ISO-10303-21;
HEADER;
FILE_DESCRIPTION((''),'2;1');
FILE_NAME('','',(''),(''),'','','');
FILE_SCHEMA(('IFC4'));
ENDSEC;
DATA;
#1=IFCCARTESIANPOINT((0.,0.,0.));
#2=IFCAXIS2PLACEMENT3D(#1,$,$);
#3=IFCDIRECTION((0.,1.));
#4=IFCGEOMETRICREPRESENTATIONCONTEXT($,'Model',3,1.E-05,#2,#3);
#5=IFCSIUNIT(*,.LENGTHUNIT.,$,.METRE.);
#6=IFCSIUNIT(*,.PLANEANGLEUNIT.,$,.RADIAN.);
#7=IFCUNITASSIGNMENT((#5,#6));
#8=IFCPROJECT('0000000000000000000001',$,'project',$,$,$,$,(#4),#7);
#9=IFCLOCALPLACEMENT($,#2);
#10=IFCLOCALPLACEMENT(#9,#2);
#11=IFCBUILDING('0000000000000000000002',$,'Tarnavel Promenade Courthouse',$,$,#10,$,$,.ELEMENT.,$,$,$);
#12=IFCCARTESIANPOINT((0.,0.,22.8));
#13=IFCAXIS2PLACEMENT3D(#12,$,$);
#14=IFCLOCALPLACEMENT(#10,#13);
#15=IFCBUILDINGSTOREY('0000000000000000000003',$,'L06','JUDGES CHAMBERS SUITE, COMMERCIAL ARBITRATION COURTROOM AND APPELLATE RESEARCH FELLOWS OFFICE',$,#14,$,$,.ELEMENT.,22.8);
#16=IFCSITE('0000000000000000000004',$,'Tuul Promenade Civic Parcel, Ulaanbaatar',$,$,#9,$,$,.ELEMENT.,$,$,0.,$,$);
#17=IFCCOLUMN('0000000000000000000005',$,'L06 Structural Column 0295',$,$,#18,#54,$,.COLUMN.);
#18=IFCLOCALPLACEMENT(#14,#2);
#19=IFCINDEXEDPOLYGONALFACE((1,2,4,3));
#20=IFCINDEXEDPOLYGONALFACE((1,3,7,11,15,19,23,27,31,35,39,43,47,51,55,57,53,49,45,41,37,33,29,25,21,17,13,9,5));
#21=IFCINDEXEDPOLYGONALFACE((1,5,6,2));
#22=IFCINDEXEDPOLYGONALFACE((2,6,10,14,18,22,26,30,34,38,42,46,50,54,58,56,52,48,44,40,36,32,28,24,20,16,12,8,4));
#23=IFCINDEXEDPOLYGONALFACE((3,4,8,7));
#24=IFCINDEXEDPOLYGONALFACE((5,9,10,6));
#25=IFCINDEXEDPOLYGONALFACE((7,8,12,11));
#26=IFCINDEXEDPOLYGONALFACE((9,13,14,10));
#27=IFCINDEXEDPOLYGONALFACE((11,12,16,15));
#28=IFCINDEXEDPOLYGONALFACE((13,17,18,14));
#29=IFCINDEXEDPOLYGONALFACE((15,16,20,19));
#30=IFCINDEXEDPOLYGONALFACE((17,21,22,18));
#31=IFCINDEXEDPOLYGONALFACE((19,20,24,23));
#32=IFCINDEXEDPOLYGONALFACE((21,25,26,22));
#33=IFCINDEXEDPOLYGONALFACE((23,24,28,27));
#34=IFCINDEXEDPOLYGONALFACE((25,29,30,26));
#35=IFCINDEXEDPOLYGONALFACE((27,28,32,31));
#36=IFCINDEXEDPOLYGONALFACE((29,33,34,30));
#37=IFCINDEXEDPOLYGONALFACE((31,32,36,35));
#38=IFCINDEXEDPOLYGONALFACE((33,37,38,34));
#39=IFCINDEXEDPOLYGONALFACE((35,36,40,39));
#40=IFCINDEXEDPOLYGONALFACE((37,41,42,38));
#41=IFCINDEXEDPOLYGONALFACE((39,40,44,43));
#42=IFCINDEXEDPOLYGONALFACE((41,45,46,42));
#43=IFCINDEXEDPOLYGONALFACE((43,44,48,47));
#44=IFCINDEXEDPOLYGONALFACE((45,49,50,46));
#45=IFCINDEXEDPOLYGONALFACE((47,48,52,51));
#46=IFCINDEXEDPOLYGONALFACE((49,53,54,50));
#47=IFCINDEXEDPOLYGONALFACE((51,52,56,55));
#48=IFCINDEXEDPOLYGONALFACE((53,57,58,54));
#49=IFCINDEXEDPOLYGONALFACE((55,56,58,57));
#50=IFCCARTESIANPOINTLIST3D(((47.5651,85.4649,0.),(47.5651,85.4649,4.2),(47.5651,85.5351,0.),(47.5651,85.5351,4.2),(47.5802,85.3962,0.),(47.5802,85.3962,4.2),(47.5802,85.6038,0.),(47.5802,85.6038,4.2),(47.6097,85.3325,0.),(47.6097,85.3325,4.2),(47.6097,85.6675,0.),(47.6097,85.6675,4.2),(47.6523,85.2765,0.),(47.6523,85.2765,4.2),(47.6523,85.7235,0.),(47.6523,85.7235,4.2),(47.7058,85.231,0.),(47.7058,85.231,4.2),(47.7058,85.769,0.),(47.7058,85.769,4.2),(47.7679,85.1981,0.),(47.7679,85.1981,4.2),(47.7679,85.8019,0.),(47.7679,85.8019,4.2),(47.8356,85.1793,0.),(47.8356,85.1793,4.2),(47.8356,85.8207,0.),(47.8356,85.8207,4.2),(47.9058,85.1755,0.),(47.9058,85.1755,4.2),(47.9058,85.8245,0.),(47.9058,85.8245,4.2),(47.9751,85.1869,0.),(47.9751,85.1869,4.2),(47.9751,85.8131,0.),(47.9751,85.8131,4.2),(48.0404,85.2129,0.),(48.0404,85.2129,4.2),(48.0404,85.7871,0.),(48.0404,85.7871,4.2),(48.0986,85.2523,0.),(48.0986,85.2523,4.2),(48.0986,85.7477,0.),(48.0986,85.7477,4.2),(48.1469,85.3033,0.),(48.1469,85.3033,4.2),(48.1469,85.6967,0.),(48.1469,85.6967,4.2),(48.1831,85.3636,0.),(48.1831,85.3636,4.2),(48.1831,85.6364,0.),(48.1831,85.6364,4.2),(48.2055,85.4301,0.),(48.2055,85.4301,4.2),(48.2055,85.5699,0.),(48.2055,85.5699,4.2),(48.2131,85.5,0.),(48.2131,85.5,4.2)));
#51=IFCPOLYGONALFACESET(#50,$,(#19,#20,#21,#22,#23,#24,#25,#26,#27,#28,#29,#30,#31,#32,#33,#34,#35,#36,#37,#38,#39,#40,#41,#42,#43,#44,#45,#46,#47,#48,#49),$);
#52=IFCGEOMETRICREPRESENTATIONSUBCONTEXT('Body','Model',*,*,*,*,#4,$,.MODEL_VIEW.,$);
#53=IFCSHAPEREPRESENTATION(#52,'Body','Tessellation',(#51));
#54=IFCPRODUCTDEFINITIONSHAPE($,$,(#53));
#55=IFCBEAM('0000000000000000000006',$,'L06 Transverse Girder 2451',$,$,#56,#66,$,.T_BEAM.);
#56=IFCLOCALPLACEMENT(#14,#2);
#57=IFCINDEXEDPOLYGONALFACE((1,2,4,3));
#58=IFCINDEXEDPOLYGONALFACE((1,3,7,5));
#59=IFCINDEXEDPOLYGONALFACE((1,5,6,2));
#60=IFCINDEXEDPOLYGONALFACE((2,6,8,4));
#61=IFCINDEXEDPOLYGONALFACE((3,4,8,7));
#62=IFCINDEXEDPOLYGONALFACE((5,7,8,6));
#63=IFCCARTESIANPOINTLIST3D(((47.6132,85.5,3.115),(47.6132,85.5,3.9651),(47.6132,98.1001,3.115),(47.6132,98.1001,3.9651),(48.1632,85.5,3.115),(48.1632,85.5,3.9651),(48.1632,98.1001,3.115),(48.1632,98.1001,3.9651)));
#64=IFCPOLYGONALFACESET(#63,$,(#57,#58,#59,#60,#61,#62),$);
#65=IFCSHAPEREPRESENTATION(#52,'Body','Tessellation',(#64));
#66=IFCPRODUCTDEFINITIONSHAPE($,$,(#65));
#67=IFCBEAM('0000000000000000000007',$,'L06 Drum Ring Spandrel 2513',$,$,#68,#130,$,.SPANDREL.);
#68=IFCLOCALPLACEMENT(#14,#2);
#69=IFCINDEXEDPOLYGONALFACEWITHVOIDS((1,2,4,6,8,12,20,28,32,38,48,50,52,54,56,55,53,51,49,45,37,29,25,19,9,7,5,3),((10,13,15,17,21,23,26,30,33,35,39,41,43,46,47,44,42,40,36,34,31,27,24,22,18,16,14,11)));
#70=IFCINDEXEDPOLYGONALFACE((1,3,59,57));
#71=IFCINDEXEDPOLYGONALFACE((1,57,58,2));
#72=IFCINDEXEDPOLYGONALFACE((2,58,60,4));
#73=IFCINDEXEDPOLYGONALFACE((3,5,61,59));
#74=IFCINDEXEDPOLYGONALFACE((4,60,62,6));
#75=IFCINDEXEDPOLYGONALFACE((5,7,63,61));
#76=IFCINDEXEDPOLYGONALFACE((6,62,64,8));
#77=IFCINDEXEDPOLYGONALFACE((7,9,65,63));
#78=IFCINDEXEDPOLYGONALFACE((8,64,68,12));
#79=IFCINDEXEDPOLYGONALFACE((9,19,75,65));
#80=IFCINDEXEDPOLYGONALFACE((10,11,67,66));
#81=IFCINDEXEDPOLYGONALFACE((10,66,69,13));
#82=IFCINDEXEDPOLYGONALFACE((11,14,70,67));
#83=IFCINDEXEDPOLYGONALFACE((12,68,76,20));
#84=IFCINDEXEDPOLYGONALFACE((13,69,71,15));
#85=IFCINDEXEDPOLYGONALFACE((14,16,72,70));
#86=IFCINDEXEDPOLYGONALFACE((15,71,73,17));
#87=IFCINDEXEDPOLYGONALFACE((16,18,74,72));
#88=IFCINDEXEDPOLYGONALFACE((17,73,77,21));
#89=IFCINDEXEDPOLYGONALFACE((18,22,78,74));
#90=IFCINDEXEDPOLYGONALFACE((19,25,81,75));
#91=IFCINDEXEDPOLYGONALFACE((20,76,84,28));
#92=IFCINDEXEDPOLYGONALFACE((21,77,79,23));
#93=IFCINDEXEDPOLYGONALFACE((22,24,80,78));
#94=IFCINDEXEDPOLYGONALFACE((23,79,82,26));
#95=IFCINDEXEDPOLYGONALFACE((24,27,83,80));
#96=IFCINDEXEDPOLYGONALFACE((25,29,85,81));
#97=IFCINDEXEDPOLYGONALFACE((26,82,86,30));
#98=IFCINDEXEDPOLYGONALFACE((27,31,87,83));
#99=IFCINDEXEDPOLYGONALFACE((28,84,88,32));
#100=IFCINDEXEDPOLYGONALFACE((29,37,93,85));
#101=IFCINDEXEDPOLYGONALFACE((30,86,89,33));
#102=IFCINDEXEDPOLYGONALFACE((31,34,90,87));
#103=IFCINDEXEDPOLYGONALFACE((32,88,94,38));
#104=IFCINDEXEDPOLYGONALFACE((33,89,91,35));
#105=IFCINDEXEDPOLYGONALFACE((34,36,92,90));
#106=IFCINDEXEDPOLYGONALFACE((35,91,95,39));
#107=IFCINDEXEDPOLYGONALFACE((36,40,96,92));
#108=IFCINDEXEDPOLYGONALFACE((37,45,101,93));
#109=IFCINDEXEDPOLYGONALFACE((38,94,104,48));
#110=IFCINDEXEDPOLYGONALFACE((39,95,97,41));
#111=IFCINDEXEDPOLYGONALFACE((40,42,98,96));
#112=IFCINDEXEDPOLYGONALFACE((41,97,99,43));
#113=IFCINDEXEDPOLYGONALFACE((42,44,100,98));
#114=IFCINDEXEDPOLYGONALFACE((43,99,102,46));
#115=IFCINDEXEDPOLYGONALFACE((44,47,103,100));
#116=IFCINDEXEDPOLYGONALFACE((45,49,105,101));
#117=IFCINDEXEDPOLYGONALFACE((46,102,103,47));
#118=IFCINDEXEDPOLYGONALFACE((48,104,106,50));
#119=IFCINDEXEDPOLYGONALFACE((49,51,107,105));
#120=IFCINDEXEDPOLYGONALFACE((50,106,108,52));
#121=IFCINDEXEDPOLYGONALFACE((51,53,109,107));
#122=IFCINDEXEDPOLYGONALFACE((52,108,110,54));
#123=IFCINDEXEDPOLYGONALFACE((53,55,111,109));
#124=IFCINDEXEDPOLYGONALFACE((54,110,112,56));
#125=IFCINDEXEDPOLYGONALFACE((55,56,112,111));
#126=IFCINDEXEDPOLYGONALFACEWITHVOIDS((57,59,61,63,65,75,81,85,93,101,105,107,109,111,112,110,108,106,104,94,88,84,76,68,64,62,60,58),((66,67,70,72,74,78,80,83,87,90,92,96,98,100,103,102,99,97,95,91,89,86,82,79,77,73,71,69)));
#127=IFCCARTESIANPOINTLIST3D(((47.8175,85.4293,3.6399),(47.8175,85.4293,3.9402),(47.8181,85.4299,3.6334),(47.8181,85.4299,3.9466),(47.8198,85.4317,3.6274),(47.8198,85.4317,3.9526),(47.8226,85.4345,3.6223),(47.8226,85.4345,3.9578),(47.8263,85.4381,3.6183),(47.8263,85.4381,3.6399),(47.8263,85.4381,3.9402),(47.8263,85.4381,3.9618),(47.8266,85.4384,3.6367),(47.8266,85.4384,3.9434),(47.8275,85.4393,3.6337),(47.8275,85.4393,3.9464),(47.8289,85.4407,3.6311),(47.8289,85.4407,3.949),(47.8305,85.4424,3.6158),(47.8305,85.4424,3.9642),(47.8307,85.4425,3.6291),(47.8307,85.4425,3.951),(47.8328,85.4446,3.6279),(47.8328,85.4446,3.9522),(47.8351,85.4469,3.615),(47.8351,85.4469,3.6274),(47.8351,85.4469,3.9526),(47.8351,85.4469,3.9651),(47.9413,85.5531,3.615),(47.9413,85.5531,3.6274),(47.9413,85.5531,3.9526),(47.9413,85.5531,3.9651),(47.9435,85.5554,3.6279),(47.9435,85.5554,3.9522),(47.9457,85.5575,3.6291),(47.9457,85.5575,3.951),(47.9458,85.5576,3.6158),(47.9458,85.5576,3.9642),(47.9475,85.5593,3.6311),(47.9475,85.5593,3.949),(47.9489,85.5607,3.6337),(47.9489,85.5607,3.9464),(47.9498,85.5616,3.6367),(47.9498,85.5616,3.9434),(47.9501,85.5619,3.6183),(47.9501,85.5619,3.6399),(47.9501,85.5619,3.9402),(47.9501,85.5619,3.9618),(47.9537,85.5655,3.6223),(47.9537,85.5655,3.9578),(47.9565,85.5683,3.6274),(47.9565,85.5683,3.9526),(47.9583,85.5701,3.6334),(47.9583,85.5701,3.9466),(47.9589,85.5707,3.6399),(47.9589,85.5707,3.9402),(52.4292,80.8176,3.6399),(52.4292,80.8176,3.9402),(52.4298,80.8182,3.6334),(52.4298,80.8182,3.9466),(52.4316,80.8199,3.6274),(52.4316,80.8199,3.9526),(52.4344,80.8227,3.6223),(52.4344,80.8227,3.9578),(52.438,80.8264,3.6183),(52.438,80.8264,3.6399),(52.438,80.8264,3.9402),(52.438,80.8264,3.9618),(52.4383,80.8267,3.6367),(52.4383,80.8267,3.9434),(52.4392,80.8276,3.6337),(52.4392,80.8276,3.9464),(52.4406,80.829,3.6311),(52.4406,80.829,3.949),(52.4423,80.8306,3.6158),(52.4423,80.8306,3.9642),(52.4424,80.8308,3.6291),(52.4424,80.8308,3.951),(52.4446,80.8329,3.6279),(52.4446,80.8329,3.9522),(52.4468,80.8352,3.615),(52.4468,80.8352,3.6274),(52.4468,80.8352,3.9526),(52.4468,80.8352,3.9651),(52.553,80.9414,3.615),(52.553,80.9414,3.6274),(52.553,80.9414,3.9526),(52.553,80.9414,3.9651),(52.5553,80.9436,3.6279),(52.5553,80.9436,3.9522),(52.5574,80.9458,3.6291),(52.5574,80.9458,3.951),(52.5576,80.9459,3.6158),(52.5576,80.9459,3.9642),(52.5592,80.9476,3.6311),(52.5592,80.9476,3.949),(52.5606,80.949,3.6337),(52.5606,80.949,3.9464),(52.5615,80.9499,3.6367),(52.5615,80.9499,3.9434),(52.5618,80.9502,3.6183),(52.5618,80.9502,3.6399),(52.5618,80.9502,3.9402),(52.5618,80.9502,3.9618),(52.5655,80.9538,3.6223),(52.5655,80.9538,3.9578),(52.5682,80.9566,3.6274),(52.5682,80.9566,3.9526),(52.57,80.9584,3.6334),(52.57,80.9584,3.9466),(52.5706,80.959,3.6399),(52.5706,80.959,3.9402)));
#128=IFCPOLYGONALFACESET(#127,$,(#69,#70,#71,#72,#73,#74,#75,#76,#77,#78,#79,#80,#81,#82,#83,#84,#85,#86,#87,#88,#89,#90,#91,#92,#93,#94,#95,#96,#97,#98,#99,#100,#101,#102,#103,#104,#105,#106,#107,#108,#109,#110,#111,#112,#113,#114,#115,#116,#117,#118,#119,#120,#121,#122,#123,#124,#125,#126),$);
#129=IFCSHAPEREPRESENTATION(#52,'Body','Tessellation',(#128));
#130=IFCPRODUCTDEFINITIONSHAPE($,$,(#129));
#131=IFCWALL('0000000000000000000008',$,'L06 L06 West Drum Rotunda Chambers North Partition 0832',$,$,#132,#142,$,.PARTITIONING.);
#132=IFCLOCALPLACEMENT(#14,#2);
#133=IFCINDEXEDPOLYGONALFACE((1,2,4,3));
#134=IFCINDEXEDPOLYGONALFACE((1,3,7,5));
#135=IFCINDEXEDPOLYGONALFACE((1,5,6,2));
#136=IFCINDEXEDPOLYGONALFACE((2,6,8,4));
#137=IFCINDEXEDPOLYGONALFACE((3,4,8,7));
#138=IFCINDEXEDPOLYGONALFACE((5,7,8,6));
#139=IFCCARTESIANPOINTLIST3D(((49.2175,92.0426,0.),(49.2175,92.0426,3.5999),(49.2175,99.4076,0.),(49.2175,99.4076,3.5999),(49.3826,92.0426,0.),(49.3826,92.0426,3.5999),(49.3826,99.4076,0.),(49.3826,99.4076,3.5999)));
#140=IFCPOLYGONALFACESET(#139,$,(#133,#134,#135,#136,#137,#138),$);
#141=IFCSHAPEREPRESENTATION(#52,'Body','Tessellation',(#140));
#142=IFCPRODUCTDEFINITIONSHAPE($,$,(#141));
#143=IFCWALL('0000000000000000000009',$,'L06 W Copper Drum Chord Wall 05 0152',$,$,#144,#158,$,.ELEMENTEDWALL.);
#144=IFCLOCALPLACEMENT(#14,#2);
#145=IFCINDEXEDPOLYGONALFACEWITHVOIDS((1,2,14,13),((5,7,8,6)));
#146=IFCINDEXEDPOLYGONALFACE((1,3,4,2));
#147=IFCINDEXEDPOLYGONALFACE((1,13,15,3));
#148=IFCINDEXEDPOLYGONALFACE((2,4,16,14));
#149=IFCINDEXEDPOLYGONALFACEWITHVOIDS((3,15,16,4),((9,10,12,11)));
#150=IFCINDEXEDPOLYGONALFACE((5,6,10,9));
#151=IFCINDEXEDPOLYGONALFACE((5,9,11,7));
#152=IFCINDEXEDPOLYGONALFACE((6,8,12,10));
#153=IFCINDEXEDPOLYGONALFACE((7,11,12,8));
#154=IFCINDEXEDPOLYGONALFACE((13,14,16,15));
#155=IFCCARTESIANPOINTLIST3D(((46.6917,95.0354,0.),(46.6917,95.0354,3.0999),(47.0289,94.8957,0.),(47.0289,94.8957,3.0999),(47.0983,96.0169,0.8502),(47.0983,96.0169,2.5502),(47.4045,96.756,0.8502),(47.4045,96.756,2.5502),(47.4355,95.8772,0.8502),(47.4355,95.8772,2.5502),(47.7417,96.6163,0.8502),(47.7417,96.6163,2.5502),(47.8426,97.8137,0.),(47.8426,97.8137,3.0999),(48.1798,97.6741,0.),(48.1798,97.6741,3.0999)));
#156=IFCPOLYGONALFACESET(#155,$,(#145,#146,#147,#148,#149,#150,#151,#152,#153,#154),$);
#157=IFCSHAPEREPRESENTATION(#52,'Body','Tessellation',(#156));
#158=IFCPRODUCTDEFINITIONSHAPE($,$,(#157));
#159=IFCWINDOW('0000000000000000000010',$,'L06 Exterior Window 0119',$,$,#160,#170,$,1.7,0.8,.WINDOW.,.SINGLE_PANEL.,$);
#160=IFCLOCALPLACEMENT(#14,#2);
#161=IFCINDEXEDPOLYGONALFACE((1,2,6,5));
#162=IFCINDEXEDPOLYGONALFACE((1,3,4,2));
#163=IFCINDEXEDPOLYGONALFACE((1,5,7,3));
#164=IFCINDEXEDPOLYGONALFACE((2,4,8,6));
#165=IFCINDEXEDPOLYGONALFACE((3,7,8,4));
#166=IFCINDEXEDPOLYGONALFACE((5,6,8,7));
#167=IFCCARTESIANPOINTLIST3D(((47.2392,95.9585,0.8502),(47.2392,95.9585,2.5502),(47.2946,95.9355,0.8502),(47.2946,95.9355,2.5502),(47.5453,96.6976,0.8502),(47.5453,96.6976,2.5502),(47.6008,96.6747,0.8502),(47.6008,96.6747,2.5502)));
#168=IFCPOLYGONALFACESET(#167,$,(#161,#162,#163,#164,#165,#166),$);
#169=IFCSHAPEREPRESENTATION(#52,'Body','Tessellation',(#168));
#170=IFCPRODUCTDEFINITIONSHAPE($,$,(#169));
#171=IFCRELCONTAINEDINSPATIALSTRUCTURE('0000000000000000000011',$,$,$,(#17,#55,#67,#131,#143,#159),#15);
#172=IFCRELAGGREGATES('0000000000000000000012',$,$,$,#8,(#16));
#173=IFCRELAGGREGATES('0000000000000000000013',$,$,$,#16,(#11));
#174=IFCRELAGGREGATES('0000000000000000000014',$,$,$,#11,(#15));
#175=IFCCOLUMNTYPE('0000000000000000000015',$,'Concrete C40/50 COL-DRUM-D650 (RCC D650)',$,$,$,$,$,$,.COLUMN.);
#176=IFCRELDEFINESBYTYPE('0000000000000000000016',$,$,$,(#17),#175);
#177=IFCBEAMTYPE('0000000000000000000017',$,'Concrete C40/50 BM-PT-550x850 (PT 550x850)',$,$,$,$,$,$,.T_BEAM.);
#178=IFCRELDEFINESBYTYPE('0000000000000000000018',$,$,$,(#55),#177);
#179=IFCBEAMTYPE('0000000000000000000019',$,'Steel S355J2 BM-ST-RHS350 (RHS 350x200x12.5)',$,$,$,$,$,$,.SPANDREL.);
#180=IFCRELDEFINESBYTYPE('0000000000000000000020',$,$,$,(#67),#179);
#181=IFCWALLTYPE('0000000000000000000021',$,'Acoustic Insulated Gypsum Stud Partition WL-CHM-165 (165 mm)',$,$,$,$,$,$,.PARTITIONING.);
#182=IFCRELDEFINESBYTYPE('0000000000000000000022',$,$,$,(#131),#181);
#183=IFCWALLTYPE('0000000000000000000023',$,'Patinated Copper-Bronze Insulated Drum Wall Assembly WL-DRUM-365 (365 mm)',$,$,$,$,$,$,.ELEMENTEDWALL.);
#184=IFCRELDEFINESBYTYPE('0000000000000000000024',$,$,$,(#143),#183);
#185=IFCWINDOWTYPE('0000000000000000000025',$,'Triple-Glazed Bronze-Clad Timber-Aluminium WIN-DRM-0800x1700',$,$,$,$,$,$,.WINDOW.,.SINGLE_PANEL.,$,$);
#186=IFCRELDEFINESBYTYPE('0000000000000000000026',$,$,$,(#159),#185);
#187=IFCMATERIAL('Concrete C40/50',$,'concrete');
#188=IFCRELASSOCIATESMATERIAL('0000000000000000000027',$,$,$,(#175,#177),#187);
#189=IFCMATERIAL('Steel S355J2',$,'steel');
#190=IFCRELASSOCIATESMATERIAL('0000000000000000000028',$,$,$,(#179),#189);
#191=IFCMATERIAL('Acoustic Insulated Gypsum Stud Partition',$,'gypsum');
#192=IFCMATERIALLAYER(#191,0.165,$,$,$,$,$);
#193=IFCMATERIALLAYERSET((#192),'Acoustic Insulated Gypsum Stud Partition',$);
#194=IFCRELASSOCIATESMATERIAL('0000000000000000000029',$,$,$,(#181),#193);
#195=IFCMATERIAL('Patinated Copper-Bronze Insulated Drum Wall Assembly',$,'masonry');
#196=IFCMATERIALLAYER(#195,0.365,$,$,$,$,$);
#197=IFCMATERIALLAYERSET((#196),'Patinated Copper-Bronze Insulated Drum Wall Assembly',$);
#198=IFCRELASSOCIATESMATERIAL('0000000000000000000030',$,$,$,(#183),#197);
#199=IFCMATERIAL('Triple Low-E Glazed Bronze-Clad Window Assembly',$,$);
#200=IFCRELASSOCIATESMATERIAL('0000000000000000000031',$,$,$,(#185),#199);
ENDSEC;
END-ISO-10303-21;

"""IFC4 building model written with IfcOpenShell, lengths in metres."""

from ifc_helpers import new_model, si_unit, direction, frame, frame_2d, origin, origin_2d, place, context, subcontext, project, spatial, rectangle, hollow_rectangle, circle, extrude, material, layer, layer_set, material_profile, profile_set, type_object, element, fill, save


model = new_model("IFC4")

# Units and contexts
model_context = context("Model", 3, precision=1e-05, world=origin(), true_north=direction((0.0, 1.0)))
body_context = subcontext(model_context, "Body", "Model", "MODEL_VIEW")
ifc_project = project(units=[si_unit("LENGTHUNIT", "METRE"), si_unit("PLANEANGLEUNIT", "RADIAN")], contexts=[model_context])

# Site, building, storey
site_placement = place(None, origin())
site = spatial("IfcSite", under=ifc_project, at=site_placement, Name="Tuul Promenade Civic Parcel, Ulaanbaatar", CompositionType="ELEMENT", RefElevation=0.0)
building_placement = place(site_placement, origin())
building = spatial("IfcBuilding", under=site, at=building_placement, Name="Tarnavel Promenade Courthouse", CompositionType="ELEMENT")
storey_placement = place(building_placement, frame((0.0, 0.0, 22.8)))
storey = spatial("IfcBuildingStorey", under=building, at=storey_placement, Name="L06", Description="JUDGES CHAMBERS SUITE, COMMERCIAL ARBITRATION COURTROOM AND APPELLATE RESEARCH FELLOWS OFFICE", CompositionType="ELEMENT", Elevation=22.8)

# Column
ifc_material_1 = material(Name="Concrete C40/50", Category="concrete")
ifc_material_profile_1 = material_profile(ifc_material_1, circle(Radius=0.325, at=origin_2d()), Name="RCC D650")
ifc_profile_set_1 = profile_set([ifc_material_profile_1], Name="Concrete C40/50")
column_type = type_object("IfcColumnType", Name="Concrete C40/50 COL-DRUM-D650 (RCC D650)", PredefinedType="COLUMN", material=ifc_profile_set_1)
column_placement = place(storey_placement, frame((47.8882, 85.5, 0.0), z_axis=(0.0, 0.0, 1.0), x_axis=(1.0, 0.0, 0.0)))
element("IfcColumn", 1, at=column_placement, inside=storey, type_object=column_type, Name="L06 Structural Column 0295", PredefinedType="COLUMN", context=body_context, shape_type="SweptSolid", body=[
    extrude(circle(Radius=0.325, at=origin_2d()), origin(), (0.0, 0.0, 1.0), 4.2),
])

# Beams
ifc_material_profile_2 = material_profile(ifc_material_1, rectangle(XDim=0.55, YDim=0.8501, at=origin_2d()), Name="PT 550x850")
ifc_profile_set_2 = profile_set([ifc_material_profile_2], Name="Concrete C40/50")
beam_type_1 = type_object("IfcBeamType", Name="Concrete C40/50 BM-PT-550x850 (PT 550x850)", PredefinedType="T_BEAM", material=ifc_profile_set_2)
beam_1_placement = place(storey_placement, frame((47.8882, 85.5, 3.54), z_axis=(0.0, 1.0, 0.0), x_axis=(-1.0, 0.0, 0.0)))
element("IfcBeam", 2, at=beam_1_placement, inside=storey, type_object=beam_type_1, Name="L06 Transverse Girder 2451", PredefinedType="T_BEAM", context=body_context, shape_type="SweptSolid", body=[
    extrude(rectangle(XDim=0.55, YDim=0.8501, at=origin_2d()), origin(), (0.0, 0.0, 1.0), 12.6001),
])
ifc_material_2 = material(Name="Steel S355J2", Category="steel")
ifc_material_profile_3 = material_profile(ifc_material_2, hollow_rectangle(XDim=0.2, YDim=0.3501, WallThickness=0.0125, InnerFilletRadius=0.0125, OuterFilletRadius=0.0249, at=origin_2d()), Name="RHS 350x200x12.5")
ifc_profile_set_3 = profile_set([ifc_material_profile_3], Name="Steel S355J2")
beam_type_2 = type_object("IfcBeamType", Name="Steel S355J2 BM-ST-RHS350 (RHS 350x200x12.5)", PredefinedType="SPANDREL", material=ifc_profile_set_3)
beam_2_placement = place(storey_placement, frame((47.8882, 85.5, 3.79), z_axis=(0.707107, -0.707107, 0.0), x_axis=(0.707107, 0.707107, 0.0)))
element("IfcBeam", 3, at=beam_2_placement, inside=storey, type_object=beam_type_2, Name="L06 Drum Ring Spandrel 2513", PredefinedType="SPANDREL", context=body_context, shape_type="SweptSolid", body=[
    extrude(hollow_rectangle(XDim=0.2, YDim=0.3501, WallThickness=0.0125, InnerFilletRadius=0.0125, OuterFilletRadius=0.0249, at=origin_2d()), origin(), (0.0, 0.0, 1.0), 6.522),
])

# Wall
ifc_material_3 = material(Name="Acoustic Insulated Gypsum Stud Partition", Category="gypsum")
ifc_layer_1 = layer(ifc_material_3, 0.165)
ifc_layer_set_1 = layer_set([ifc_layer_1], Name="Acoustic Insulated Gypsum Stud Partition")
wall_type_1 = type_object("IfcWallType", Name="Acoustic Insulated Gypsum Stud Partition WL-CHM-165 (165 mm)", PredefinedType="PARTITIONING", material=ifc_layer_set_1)
wall_1_placement = place(storey_placement, frame((49.3, 92.0425, 0.0), z_axis=(0.0, 0.0, 1.0), x_axis=(0.0, 1.0, 0.0)))
element("IfcWall", 4, at=wall_1_placement, inside=storey, type_object=wall_type_1, Name="L06 L06 West Drum Rotunda Chambers North Partition 0832", PredefinedType="PARTITIONING", context=body_context, shape_type="SweptSolid", body=[
    extrude(rectangle(XDim=7.365, YDim=0.165, at=frame_2d((3.6826, 0.0))), origin(), (0.0, 0.0, 1.0), 3.5999),
])

# Wall, opening, window
ifc_material_4 = material(Name="Patinated Copper-Bronze Insulated Drum Wall Assembly", Category="masonry")
ifc_layer_2 = layer(ifc_material_4, 0.365)
ifc_layer_set_2 = layer_set([ifc_layer_2], Name="Patinated Copper-Bronze Insulated Drum Wall Assembly")
wall_type_2 = type_object("IfcWallType", Name="Patinated Copper-Bronze Insulated Drum Wall Assembly WL-DRUM-365 (365 mm)", PredefinedType="ELEMENTEDWALL", material=ifc_layer_set_2)
wall_2_placement = place(storey_placement, frame((48.0112, 97.7439, 0.0), z_axis=(0.0, 0.0, 1.0), x_axis=(-0.382701, -0.923872, 0.0)))
wall_2 = element("IfcWall", 5, at=wall_2_placement, inside=storey, type_object=wall_type_2, Name="L06 W Copper Drum Chord Wall 05 0152", PredefinedType="ELEMENTEDWALL", context=body_context, shape_type="SweptSolid", body=[
    extrude(rectangle(XDim=3.0073, YDim=0.365, at=frame_2d((1.5037, 0.0))), origin(), (0.0, 0.0, 1.0), 3.0999),
])
opening_1_placement = place(wall_2_placement, frame((1.145, 0.0, 0.8501)))
opening_1 = element("IfcOpeningElement", 6, at=opening_1_placement, cuts=wall_2, PredefinedType="OPENING", context=body_context, shape_type="SweptSolid", body=[
    extrude(rectangle(XDim=0.8, YDim=1.7, at=frame_2d((0.3999, 0.8501))), frame((0.0, 0.1924, 0.0), z_axis=(0.0, -1.0, 0.0), x_axis=(1.0, 0.0, 0.0)), (0.0, 0.0, 1.0), 0.385),
])
ifc_material_5 = material(Name="Triple Low-E Glazed Bronze-Clad Window Assembly")
window_type = type_object("IfcWindowType", Name="Triple-Glazed Bronze-Clad Timber-Aluminium WIN-DRM-0800x1700", PartitioningType="SINGLE_PANEL", PredefinedType="WINDOW", material=ifc_material_5)
window_1_placement = place(opening_1_placement, origin())
window_1 = element("IfcWindow", 7, at=window_1_placement, inside=storey, type_object=window_type, Name="L06 Exterior Window 0119", OverallHeight=1.7, OverallWidth=0.8, PartitioningType="SINGLE_PANEL", PredefinedType="WINDOW", context=body_context, shape_type="SweptSolid", body=[
    extrude(rectangle(XDim=0.8, YDim=1.7, at=frame_2d((0.3999, 0.8501))), frame((0.0, 0.03, 0.0), z_axis=(0.0, -1.0, 0.0), x_axis=(1.0, 0.0, 0.0)), (0.0, 0.0, 1.0), 0.0601),
])
fill(opening_1, window_1)

save(model, "model.ifc")
